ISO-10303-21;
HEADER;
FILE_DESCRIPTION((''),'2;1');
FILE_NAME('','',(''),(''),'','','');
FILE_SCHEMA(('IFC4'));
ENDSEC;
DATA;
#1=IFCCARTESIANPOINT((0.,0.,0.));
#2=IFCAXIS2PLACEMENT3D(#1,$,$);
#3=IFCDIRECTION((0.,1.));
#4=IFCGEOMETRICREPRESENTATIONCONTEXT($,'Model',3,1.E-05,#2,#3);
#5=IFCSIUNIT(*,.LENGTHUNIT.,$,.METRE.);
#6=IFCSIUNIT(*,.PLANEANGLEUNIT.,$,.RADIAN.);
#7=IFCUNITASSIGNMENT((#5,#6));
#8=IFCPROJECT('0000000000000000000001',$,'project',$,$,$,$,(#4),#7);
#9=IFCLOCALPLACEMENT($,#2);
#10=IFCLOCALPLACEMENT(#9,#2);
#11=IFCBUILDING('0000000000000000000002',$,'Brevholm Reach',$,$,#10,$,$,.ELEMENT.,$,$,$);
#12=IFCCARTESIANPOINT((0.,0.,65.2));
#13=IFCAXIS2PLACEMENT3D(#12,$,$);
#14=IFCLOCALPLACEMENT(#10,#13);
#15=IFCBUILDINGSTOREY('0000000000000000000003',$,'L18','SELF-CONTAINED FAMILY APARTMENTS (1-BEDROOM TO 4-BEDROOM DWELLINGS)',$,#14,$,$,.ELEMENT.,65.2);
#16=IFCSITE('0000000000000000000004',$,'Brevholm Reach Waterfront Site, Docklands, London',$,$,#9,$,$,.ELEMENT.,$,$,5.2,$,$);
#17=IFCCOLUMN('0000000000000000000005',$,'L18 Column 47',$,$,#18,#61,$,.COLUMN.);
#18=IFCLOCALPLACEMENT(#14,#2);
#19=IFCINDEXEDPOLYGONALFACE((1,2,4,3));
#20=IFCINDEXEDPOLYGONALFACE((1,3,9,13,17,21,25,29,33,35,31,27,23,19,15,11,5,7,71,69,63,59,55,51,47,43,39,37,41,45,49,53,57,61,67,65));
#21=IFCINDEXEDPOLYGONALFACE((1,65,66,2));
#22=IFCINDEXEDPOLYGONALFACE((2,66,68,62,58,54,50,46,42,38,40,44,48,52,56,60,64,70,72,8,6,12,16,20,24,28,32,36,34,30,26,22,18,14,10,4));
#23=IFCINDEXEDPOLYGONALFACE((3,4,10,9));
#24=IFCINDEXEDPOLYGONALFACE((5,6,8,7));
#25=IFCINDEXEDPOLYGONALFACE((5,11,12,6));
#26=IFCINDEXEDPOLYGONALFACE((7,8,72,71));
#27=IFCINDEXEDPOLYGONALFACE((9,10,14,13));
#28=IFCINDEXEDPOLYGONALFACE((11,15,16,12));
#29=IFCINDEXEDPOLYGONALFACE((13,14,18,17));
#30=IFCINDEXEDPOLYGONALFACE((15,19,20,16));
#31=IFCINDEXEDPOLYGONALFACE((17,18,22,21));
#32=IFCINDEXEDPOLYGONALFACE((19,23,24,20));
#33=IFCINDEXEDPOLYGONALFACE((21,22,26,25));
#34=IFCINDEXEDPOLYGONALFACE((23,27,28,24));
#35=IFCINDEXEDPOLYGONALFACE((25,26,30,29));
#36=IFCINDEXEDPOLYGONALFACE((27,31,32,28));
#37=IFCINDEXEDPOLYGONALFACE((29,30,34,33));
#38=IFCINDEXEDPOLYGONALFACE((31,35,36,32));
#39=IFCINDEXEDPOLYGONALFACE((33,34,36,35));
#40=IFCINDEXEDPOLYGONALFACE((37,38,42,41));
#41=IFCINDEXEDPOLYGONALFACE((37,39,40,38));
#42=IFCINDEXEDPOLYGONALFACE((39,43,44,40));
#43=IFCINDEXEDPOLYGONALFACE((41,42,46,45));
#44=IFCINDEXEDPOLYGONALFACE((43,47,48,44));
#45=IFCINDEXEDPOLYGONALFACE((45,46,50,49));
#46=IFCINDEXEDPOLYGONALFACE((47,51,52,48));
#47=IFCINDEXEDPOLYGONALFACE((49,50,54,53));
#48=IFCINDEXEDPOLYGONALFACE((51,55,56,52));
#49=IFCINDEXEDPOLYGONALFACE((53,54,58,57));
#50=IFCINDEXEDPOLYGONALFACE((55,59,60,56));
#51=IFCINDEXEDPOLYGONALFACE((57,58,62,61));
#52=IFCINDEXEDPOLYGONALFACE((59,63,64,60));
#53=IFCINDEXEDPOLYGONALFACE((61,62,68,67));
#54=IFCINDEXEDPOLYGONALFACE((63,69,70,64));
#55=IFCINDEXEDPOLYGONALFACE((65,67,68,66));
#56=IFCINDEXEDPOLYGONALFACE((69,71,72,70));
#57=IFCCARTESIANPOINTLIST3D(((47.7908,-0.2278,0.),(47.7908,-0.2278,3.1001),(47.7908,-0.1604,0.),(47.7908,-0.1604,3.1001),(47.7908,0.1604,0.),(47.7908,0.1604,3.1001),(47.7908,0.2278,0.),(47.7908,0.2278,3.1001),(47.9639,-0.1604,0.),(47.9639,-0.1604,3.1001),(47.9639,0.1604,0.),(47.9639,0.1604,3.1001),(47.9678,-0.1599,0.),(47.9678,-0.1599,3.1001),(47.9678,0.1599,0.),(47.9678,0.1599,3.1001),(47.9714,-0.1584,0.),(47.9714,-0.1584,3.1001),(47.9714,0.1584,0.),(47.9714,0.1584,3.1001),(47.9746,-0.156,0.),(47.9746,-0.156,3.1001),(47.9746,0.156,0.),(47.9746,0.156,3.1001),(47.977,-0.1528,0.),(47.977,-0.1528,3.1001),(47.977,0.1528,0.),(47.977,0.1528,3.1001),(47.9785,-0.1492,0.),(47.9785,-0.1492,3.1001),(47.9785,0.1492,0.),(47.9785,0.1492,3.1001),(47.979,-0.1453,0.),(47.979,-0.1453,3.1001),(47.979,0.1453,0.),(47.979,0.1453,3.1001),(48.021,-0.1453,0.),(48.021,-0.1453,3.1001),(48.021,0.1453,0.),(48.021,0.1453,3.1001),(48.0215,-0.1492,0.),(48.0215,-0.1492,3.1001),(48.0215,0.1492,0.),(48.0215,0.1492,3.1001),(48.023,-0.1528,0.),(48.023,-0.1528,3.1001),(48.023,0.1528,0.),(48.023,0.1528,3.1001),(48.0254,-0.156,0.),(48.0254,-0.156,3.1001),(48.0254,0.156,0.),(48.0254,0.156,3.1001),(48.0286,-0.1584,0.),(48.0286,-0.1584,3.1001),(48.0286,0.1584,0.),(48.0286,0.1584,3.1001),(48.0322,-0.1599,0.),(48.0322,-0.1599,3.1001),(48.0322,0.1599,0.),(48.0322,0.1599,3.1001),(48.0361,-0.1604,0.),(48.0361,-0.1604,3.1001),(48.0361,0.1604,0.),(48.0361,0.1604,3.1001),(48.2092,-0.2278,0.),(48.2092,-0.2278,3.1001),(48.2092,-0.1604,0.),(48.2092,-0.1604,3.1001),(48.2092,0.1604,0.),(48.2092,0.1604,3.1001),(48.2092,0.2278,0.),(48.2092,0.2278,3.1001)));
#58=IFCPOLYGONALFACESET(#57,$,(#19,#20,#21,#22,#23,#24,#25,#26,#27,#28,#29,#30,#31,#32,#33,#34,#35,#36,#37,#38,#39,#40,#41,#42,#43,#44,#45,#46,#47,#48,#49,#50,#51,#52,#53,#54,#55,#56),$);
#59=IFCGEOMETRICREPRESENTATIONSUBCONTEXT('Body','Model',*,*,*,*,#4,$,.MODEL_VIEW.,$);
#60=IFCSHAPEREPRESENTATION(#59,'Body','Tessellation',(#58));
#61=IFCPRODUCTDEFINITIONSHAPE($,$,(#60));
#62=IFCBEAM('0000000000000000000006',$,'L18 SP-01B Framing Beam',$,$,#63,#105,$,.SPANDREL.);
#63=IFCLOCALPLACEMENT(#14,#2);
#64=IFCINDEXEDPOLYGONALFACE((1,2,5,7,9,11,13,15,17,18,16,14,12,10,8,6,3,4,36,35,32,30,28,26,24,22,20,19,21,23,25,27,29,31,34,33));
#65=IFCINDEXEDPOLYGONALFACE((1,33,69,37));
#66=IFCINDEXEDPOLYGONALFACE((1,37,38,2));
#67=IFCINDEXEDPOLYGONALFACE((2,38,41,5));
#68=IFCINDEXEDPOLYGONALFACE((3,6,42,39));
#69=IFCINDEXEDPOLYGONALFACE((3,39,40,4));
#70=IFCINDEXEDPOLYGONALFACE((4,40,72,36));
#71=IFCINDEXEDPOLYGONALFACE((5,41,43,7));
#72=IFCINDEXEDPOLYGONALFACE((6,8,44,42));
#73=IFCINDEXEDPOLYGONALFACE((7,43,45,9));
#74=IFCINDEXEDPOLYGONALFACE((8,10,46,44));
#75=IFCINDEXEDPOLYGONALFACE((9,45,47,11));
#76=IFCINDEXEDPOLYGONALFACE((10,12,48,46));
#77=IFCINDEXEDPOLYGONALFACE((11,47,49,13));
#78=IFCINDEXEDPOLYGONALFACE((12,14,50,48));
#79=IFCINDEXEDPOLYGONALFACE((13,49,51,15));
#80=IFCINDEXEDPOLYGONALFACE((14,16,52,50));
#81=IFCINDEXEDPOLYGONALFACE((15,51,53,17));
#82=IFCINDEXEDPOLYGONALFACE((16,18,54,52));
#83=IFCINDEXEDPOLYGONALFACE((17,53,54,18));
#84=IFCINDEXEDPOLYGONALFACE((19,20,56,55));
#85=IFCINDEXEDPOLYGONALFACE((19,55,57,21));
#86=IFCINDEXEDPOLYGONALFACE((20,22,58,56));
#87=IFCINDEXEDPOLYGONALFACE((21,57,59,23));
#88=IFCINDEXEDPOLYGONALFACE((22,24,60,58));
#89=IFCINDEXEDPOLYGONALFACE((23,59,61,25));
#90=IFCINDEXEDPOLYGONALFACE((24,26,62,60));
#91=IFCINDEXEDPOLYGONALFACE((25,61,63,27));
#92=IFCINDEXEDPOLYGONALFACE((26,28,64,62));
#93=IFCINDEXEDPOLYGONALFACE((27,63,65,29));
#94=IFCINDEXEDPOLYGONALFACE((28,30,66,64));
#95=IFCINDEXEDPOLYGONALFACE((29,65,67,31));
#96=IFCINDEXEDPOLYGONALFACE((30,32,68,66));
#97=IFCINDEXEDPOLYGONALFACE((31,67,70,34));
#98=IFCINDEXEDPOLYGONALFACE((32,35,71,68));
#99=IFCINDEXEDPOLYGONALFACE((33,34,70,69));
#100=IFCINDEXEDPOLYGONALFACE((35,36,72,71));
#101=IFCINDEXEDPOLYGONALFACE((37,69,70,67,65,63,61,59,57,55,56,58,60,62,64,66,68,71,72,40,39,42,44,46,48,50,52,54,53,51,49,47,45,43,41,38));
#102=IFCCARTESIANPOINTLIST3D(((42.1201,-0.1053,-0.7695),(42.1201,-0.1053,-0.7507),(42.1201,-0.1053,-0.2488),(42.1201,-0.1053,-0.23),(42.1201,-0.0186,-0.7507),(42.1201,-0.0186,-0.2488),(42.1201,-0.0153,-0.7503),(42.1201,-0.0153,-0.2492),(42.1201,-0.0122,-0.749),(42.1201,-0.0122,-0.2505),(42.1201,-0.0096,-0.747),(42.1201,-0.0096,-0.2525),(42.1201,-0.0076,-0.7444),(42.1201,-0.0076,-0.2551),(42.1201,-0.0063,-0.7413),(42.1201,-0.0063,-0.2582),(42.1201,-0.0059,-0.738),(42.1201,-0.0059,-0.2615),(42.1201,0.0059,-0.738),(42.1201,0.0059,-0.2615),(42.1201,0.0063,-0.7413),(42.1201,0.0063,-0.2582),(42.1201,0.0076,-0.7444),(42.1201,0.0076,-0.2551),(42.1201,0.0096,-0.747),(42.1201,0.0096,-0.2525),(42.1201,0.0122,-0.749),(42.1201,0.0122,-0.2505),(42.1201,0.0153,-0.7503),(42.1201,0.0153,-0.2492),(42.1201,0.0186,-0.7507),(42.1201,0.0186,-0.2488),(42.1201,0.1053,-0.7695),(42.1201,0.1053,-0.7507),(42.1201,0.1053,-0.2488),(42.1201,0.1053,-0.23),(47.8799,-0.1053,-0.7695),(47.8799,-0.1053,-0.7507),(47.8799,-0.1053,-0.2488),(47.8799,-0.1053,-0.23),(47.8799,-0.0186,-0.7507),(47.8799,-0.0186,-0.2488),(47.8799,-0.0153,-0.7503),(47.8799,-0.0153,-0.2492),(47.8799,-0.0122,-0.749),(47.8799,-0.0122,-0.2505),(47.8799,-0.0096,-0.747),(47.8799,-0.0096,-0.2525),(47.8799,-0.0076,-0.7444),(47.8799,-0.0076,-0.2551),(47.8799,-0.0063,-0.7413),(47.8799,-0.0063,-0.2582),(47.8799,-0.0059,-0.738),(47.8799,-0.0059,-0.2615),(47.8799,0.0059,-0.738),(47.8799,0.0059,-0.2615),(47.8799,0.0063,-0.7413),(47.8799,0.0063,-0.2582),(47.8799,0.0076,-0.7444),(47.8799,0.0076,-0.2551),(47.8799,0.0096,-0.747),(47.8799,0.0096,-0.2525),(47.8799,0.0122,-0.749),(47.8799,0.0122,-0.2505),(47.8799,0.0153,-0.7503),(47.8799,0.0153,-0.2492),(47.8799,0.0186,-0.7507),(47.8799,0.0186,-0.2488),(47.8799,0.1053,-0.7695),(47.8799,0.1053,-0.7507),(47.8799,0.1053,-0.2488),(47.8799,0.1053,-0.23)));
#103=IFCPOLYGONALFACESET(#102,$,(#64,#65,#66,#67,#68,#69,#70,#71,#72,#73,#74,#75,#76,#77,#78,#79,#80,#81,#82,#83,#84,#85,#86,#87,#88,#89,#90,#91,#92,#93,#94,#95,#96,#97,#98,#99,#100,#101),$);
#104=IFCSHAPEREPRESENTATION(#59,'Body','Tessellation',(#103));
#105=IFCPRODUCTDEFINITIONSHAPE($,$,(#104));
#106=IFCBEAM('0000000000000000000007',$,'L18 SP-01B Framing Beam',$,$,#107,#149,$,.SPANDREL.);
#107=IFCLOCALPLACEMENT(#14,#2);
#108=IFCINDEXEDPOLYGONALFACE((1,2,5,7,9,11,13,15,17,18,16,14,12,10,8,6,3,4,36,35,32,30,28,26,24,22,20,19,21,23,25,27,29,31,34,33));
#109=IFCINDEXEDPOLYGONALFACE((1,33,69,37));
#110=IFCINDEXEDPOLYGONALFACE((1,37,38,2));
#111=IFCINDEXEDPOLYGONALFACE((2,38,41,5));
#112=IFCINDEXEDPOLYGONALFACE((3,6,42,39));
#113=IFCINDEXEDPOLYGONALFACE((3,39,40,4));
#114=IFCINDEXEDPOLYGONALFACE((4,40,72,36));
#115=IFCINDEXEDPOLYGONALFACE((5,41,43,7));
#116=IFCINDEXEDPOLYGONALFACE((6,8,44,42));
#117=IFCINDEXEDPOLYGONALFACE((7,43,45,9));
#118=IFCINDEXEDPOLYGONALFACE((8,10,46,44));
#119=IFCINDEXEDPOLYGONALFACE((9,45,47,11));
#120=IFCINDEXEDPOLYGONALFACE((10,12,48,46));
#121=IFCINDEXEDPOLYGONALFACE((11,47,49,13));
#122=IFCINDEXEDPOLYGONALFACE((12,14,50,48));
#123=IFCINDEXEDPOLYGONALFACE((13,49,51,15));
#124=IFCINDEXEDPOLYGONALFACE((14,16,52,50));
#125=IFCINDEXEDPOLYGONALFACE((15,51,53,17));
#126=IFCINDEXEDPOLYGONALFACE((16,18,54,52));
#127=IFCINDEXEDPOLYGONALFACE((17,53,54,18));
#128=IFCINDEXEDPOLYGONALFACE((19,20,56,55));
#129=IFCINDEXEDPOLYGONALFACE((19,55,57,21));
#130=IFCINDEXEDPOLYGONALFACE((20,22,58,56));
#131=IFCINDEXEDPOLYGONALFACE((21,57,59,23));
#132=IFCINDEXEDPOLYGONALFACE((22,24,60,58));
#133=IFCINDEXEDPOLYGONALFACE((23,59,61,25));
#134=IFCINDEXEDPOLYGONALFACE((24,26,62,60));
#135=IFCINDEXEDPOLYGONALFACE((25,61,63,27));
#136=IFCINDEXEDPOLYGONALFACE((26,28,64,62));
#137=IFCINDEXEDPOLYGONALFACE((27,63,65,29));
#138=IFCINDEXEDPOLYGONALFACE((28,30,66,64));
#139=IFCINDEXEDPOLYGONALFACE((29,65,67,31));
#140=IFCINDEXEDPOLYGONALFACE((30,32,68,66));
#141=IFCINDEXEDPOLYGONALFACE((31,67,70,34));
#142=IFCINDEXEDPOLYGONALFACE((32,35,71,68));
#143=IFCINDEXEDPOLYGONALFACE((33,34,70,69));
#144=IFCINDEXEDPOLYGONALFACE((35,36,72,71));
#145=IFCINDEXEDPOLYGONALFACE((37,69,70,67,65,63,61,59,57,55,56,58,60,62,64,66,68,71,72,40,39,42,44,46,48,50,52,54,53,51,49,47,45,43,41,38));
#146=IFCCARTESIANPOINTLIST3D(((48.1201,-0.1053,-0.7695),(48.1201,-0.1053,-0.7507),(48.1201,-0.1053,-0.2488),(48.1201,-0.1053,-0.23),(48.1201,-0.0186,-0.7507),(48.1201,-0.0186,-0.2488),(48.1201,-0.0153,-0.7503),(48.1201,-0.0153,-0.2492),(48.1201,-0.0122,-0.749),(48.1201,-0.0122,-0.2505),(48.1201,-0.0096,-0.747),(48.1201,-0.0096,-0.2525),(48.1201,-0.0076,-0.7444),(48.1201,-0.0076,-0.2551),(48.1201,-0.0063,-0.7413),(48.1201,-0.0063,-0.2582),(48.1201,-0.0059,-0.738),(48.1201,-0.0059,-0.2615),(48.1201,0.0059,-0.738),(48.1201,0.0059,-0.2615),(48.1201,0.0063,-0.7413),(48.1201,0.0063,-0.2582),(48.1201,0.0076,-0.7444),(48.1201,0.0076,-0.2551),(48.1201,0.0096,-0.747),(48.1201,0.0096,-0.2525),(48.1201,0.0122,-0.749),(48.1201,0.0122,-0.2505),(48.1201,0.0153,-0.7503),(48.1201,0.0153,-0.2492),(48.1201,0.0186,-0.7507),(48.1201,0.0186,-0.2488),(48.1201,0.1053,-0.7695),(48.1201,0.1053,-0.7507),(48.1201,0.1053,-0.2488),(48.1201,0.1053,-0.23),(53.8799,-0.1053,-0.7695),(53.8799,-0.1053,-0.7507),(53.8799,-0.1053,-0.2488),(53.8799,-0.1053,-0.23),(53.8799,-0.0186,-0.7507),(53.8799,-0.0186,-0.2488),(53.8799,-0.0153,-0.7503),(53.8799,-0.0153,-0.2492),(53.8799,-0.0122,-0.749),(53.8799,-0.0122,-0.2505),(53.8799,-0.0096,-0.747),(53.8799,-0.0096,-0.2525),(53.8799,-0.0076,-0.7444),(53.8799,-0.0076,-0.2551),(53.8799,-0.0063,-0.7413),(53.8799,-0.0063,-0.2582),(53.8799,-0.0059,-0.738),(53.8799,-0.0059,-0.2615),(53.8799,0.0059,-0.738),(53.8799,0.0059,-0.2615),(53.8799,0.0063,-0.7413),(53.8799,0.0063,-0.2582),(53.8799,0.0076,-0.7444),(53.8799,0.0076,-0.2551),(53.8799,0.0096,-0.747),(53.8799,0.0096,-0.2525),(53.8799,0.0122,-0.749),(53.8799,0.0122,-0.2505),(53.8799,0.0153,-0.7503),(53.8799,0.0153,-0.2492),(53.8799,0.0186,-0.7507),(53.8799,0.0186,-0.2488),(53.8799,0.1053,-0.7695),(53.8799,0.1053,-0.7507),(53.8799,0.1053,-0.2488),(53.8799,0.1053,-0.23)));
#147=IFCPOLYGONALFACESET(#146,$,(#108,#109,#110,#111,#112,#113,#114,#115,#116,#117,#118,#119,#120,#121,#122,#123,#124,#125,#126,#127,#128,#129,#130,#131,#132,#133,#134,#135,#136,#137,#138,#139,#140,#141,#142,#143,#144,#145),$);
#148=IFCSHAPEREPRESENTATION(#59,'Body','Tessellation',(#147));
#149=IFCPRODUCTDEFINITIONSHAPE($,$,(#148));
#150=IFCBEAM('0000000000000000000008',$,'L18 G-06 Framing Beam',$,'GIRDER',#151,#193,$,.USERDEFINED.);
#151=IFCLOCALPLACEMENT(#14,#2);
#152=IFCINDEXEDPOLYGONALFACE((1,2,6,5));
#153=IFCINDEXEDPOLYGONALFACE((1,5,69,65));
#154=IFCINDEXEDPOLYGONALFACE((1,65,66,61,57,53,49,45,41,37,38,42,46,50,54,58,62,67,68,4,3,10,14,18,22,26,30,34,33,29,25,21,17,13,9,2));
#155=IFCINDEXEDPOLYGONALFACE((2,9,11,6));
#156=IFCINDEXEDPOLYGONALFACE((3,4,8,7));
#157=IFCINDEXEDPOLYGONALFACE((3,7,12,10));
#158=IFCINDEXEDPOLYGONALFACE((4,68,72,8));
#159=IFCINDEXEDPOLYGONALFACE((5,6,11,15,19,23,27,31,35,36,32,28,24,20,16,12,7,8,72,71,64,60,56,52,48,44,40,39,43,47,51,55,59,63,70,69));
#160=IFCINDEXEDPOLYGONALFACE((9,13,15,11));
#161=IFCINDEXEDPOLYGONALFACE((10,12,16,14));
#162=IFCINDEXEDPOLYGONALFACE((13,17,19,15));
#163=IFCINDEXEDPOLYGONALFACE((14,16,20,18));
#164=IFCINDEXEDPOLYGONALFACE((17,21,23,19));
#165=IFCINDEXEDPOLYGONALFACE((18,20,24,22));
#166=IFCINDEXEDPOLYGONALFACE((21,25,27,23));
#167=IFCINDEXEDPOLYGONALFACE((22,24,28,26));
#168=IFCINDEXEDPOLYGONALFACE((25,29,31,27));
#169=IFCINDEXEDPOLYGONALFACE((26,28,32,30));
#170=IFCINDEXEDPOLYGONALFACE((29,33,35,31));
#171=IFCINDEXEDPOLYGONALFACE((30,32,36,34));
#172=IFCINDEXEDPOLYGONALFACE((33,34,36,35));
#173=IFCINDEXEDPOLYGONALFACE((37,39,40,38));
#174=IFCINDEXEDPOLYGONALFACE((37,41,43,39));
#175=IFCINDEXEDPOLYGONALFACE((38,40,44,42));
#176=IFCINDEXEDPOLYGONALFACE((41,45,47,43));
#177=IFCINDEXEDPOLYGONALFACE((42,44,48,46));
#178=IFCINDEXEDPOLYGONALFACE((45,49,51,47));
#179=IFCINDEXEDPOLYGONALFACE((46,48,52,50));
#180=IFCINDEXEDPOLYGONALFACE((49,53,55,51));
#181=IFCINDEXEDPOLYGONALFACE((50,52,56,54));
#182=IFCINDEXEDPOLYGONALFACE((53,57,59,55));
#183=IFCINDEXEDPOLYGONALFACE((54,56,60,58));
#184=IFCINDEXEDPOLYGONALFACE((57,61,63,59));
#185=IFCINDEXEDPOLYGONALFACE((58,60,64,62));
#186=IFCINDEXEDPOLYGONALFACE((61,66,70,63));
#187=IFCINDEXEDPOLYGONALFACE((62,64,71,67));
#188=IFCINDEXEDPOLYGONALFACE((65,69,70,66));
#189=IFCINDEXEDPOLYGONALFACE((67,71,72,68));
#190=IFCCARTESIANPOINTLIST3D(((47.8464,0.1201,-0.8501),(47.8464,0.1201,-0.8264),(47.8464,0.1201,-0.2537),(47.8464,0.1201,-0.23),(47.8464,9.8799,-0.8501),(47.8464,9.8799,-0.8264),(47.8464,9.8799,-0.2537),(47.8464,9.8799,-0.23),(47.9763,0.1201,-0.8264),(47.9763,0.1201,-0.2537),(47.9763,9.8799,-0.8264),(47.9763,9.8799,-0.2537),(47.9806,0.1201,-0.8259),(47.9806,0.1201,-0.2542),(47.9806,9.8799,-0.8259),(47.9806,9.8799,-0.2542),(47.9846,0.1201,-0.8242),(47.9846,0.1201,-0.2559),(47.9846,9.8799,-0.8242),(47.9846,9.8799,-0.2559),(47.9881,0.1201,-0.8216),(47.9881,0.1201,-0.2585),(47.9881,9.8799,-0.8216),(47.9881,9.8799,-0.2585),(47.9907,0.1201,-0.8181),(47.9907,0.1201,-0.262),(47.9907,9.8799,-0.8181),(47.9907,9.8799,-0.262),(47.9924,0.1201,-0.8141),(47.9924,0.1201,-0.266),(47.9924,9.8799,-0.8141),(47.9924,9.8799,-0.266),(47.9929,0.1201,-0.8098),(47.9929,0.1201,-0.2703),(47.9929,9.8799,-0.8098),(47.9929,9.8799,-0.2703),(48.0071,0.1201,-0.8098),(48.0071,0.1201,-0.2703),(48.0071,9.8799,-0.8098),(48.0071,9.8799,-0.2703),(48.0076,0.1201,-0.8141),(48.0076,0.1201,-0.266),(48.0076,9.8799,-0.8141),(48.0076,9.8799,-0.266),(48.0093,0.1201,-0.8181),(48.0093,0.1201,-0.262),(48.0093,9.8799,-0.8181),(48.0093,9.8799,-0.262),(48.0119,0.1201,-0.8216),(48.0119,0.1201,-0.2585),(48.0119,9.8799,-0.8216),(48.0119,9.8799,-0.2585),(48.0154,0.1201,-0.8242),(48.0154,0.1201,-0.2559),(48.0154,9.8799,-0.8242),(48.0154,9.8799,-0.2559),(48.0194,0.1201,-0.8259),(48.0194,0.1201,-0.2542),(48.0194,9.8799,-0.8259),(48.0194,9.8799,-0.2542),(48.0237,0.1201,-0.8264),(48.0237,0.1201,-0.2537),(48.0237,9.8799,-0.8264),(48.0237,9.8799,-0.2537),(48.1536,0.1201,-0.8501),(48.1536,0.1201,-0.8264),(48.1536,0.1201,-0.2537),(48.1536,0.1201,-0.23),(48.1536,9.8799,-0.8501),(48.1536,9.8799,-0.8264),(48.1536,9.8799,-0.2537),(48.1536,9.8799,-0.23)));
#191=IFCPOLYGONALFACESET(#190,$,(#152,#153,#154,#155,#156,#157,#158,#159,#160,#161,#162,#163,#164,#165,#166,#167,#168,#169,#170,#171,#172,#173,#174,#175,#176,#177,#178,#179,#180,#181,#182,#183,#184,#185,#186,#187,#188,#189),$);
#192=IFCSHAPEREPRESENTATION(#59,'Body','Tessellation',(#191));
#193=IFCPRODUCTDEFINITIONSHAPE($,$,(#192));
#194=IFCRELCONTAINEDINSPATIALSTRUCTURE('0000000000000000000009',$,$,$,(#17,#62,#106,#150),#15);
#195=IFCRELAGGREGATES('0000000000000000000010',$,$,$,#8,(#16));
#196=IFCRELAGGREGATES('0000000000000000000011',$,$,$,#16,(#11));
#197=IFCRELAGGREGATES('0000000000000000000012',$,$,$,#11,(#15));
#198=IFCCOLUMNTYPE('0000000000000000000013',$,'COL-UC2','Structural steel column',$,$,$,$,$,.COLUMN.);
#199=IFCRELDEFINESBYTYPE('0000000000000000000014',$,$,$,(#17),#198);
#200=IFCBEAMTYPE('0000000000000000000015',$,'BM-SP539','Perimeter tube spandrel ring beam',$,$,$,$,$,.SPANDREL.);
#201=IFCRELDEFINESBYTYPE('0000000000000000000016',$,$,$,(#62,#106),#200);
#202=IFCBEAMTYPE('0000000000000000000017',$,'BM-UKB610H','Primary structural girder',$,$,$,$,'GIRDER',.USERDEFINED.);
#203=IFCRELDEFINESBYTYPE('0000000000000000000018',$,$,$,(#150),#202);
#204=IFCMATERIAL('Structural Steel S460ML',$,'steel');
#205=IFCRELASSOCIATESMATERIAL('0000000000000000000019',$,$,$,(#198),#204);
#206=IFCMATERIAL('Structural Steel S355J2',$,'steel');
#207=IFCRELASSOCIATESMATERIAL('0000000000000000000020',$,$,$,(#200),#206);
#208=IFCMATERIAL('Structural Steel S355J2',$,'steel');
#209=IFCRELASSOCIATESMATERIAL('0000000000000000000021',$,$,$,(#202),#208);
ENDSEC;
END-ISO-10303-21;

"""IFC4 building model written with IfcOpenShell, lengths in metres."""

from ifc_helpers import new_model, si_unit, direction, frame, origin, origin_2d, place, context, subcontext, project, spatial, i_section, extrude, material, material_profile, profile_set, type_object, element, save


model = new_model("IFC4")

# Units and contexts
model_context = context("Model", 3, precision=1e-05, world=origin(), true_north=direction((0.0, 1.0)))
body_context = subcontext(model_context, "Body", "Model", "MODEL_VIEW")
ifc_project = project(units=[si_unit("LENGTHUNIT", "METRE"), si_unit("PLANEANGLEUNIT", "RADIAN")], contexts=[model_context])

# Site, building, storey
site_placement = place(None, origin())
site = spatial("IfcSite", under=ifc_project, at=site_placement, Name="Brevholm Reach Waterfront Site, Docklands, London", CompositionType="ELEMENT", RefElevation=5.2)
building_placement = place(site_placement, origin())
building = spatial("IfcBuilding", under=site, at=building_placement, Name="Brevholm Reach", CompositionType="ELEMENT")
storey_placement = place(building_placement, frame((0.0, 0.0, 65.2)))
storey = spatial("IfcBuildingStorey", under=building, at=storey_placement, Name="L18", Description="SELF-CONTAINED FAMILY APARTMENTS (1-BEDROOM TO 4-BEDROOM DWELLINGS)", CompositionType="ELEMENT", Elevation=65.2)

# Column
ifc_material_1 = material(Name="Structural Steel S460ML", Category="steel")
ifc_material_profile_1 = material_profile(ifc_material_1, i_section(OverallWidth=0.4185, OverallDepth=0.4556, WebThickness=0.042, FlangeThickness=0.0674, FilletRadius=0.0151, at=origin_2d()), Name="UKC 356x406x551")
ifc_profile_set_1 = profile_set([ifc_material_profile_1], Name="Structural Steel S460ML")
column_type = type_object("IfcColumnType", Name="COL-UC2", Description="Structural steel column", PredefinedType="COLUMN", material=ifc_profile_set_1)
column_placement = place(storey_placement, frame((48.0, 0.0, 0.0), z_axis=(0.0, 0.0, 1.0), x_axis=(1.0, 0.0, 0.0)))
element("IfcColumn", 1, at=column_placement, inside=storey, type_object=column_type, Name="L18 Column 47", PredefinedType="COLUMN", context=body_context, shape_type="SweptSolid", body=[
    extrude(i_section(OverallWidth=0.4185, OverallDepth=0.4556, WebThickness=0.042, FlangeThickness=0.0674, FilletRadius=0.0151, at=origin_2d()), origin(), (0.0, 0.0, 1.0), 3.1001),
])

# Beams
ifc_material_2 = material(Name="Structural Steel S355J2", Category="steel")
ifc_material_profile_2 = material_profile(ifc_material_2, i_section(OverallWidth=0.2107, OverallDepth=0.5396, WebThickness=0.0117, FlangeThickness=0.0188, FilletRadius=0.0127, at=origin_2d()), Name="UKB 533x210x109")
ifc_profile_set_2 = profile_set([ifc_material_profile_2], Name="Structural Steel S355J2")
beam_type_1 = type_object("IfcBeamType", Name="BM-SP539", Description="Perimeter tube spandrel ring beam", PredefinedType="SPANDREL", material=ifc_profile_set_2)
for number, where, z_axis, x_axis, name in (
    (2, (42.1201, 0.0, -0.4998), (1.0, 0.0, 0.0), (0.0, 1.0, 0.0), "L18 SP-01B Framing Beam"),
    (3, (48.1201, 0.0, -0.4998), (1.0, 0.0, 0.0), (0.0, 1.0, 0.0), "L18 SP-01B Framing Beam"),
):
    element("IfcBeam", number, at=place(storey_placement, frame(where, z_axis=z_axis, x_axis=x_axis)), inside=storey, type_object=beam_type_1, Name=name, PredefinedType="SPANDREL", context=body_context, shape_type="SweptSolid", body=[
        extrude(i_section(OverallWidth=0.2107, OverallDepth=0.5396, WebThickness=0.0117, FlangeThickness=0.0188, FilletRadius=0.0127, at=origin_2d()), origin(), (0.0, 0.0, 1.0), 5.7598),
    ])
ifc_material_3 = material(Name="Structural Steel S355J2", Category="steel")
ifc_material_profile_3 = material_profile(ifc_material_3, i_section(OverallWidth=0.3071, OverallDepth=0.6201, WebThickness=0.0142, FlangeThickness=0.0237, FilletRadius=0.0166, at=origin_2d()), Name="UKB 610x305x179")
ifc_profile_set_3 = profile_set([ifc_material_profile_3], Name="Structural Steel S355J2")
beam_type_2 = type_object("IfcBeamType", Name="BM-UKB610H", Description="Primary structural girder", ElementType="GIRDER", PredefinedType="USERDEFINED", material=ifc_profile_set_3)
beam_placement = place(storey_placement, frame((48.0, 0.1201, -0.54), z_axis=(0.0, 1.0, 0.0), x_axis=(-1.0, 0.0, 0.0)))
element("IfcBeam", 4, at=beam_placement, inside=storey, type_object=beam_type_2, Name="L18 G-06 Framing Beam", ObjectType="GIRDER", PredefinedType="USERDEFINED", context=body_context, shape_type="SweptSolid", body=[
    extrude(i_section(OverallWidth=0.3071, OverallDepth=0.6201, WebThickness=0.0142, FlangeThickness=0.0237, FilletRadius=0.0166, at=origin_2d()), origin(), (0.0, 0.0, 1.0), 9.7598),
])

save(model, "model.ifc")
